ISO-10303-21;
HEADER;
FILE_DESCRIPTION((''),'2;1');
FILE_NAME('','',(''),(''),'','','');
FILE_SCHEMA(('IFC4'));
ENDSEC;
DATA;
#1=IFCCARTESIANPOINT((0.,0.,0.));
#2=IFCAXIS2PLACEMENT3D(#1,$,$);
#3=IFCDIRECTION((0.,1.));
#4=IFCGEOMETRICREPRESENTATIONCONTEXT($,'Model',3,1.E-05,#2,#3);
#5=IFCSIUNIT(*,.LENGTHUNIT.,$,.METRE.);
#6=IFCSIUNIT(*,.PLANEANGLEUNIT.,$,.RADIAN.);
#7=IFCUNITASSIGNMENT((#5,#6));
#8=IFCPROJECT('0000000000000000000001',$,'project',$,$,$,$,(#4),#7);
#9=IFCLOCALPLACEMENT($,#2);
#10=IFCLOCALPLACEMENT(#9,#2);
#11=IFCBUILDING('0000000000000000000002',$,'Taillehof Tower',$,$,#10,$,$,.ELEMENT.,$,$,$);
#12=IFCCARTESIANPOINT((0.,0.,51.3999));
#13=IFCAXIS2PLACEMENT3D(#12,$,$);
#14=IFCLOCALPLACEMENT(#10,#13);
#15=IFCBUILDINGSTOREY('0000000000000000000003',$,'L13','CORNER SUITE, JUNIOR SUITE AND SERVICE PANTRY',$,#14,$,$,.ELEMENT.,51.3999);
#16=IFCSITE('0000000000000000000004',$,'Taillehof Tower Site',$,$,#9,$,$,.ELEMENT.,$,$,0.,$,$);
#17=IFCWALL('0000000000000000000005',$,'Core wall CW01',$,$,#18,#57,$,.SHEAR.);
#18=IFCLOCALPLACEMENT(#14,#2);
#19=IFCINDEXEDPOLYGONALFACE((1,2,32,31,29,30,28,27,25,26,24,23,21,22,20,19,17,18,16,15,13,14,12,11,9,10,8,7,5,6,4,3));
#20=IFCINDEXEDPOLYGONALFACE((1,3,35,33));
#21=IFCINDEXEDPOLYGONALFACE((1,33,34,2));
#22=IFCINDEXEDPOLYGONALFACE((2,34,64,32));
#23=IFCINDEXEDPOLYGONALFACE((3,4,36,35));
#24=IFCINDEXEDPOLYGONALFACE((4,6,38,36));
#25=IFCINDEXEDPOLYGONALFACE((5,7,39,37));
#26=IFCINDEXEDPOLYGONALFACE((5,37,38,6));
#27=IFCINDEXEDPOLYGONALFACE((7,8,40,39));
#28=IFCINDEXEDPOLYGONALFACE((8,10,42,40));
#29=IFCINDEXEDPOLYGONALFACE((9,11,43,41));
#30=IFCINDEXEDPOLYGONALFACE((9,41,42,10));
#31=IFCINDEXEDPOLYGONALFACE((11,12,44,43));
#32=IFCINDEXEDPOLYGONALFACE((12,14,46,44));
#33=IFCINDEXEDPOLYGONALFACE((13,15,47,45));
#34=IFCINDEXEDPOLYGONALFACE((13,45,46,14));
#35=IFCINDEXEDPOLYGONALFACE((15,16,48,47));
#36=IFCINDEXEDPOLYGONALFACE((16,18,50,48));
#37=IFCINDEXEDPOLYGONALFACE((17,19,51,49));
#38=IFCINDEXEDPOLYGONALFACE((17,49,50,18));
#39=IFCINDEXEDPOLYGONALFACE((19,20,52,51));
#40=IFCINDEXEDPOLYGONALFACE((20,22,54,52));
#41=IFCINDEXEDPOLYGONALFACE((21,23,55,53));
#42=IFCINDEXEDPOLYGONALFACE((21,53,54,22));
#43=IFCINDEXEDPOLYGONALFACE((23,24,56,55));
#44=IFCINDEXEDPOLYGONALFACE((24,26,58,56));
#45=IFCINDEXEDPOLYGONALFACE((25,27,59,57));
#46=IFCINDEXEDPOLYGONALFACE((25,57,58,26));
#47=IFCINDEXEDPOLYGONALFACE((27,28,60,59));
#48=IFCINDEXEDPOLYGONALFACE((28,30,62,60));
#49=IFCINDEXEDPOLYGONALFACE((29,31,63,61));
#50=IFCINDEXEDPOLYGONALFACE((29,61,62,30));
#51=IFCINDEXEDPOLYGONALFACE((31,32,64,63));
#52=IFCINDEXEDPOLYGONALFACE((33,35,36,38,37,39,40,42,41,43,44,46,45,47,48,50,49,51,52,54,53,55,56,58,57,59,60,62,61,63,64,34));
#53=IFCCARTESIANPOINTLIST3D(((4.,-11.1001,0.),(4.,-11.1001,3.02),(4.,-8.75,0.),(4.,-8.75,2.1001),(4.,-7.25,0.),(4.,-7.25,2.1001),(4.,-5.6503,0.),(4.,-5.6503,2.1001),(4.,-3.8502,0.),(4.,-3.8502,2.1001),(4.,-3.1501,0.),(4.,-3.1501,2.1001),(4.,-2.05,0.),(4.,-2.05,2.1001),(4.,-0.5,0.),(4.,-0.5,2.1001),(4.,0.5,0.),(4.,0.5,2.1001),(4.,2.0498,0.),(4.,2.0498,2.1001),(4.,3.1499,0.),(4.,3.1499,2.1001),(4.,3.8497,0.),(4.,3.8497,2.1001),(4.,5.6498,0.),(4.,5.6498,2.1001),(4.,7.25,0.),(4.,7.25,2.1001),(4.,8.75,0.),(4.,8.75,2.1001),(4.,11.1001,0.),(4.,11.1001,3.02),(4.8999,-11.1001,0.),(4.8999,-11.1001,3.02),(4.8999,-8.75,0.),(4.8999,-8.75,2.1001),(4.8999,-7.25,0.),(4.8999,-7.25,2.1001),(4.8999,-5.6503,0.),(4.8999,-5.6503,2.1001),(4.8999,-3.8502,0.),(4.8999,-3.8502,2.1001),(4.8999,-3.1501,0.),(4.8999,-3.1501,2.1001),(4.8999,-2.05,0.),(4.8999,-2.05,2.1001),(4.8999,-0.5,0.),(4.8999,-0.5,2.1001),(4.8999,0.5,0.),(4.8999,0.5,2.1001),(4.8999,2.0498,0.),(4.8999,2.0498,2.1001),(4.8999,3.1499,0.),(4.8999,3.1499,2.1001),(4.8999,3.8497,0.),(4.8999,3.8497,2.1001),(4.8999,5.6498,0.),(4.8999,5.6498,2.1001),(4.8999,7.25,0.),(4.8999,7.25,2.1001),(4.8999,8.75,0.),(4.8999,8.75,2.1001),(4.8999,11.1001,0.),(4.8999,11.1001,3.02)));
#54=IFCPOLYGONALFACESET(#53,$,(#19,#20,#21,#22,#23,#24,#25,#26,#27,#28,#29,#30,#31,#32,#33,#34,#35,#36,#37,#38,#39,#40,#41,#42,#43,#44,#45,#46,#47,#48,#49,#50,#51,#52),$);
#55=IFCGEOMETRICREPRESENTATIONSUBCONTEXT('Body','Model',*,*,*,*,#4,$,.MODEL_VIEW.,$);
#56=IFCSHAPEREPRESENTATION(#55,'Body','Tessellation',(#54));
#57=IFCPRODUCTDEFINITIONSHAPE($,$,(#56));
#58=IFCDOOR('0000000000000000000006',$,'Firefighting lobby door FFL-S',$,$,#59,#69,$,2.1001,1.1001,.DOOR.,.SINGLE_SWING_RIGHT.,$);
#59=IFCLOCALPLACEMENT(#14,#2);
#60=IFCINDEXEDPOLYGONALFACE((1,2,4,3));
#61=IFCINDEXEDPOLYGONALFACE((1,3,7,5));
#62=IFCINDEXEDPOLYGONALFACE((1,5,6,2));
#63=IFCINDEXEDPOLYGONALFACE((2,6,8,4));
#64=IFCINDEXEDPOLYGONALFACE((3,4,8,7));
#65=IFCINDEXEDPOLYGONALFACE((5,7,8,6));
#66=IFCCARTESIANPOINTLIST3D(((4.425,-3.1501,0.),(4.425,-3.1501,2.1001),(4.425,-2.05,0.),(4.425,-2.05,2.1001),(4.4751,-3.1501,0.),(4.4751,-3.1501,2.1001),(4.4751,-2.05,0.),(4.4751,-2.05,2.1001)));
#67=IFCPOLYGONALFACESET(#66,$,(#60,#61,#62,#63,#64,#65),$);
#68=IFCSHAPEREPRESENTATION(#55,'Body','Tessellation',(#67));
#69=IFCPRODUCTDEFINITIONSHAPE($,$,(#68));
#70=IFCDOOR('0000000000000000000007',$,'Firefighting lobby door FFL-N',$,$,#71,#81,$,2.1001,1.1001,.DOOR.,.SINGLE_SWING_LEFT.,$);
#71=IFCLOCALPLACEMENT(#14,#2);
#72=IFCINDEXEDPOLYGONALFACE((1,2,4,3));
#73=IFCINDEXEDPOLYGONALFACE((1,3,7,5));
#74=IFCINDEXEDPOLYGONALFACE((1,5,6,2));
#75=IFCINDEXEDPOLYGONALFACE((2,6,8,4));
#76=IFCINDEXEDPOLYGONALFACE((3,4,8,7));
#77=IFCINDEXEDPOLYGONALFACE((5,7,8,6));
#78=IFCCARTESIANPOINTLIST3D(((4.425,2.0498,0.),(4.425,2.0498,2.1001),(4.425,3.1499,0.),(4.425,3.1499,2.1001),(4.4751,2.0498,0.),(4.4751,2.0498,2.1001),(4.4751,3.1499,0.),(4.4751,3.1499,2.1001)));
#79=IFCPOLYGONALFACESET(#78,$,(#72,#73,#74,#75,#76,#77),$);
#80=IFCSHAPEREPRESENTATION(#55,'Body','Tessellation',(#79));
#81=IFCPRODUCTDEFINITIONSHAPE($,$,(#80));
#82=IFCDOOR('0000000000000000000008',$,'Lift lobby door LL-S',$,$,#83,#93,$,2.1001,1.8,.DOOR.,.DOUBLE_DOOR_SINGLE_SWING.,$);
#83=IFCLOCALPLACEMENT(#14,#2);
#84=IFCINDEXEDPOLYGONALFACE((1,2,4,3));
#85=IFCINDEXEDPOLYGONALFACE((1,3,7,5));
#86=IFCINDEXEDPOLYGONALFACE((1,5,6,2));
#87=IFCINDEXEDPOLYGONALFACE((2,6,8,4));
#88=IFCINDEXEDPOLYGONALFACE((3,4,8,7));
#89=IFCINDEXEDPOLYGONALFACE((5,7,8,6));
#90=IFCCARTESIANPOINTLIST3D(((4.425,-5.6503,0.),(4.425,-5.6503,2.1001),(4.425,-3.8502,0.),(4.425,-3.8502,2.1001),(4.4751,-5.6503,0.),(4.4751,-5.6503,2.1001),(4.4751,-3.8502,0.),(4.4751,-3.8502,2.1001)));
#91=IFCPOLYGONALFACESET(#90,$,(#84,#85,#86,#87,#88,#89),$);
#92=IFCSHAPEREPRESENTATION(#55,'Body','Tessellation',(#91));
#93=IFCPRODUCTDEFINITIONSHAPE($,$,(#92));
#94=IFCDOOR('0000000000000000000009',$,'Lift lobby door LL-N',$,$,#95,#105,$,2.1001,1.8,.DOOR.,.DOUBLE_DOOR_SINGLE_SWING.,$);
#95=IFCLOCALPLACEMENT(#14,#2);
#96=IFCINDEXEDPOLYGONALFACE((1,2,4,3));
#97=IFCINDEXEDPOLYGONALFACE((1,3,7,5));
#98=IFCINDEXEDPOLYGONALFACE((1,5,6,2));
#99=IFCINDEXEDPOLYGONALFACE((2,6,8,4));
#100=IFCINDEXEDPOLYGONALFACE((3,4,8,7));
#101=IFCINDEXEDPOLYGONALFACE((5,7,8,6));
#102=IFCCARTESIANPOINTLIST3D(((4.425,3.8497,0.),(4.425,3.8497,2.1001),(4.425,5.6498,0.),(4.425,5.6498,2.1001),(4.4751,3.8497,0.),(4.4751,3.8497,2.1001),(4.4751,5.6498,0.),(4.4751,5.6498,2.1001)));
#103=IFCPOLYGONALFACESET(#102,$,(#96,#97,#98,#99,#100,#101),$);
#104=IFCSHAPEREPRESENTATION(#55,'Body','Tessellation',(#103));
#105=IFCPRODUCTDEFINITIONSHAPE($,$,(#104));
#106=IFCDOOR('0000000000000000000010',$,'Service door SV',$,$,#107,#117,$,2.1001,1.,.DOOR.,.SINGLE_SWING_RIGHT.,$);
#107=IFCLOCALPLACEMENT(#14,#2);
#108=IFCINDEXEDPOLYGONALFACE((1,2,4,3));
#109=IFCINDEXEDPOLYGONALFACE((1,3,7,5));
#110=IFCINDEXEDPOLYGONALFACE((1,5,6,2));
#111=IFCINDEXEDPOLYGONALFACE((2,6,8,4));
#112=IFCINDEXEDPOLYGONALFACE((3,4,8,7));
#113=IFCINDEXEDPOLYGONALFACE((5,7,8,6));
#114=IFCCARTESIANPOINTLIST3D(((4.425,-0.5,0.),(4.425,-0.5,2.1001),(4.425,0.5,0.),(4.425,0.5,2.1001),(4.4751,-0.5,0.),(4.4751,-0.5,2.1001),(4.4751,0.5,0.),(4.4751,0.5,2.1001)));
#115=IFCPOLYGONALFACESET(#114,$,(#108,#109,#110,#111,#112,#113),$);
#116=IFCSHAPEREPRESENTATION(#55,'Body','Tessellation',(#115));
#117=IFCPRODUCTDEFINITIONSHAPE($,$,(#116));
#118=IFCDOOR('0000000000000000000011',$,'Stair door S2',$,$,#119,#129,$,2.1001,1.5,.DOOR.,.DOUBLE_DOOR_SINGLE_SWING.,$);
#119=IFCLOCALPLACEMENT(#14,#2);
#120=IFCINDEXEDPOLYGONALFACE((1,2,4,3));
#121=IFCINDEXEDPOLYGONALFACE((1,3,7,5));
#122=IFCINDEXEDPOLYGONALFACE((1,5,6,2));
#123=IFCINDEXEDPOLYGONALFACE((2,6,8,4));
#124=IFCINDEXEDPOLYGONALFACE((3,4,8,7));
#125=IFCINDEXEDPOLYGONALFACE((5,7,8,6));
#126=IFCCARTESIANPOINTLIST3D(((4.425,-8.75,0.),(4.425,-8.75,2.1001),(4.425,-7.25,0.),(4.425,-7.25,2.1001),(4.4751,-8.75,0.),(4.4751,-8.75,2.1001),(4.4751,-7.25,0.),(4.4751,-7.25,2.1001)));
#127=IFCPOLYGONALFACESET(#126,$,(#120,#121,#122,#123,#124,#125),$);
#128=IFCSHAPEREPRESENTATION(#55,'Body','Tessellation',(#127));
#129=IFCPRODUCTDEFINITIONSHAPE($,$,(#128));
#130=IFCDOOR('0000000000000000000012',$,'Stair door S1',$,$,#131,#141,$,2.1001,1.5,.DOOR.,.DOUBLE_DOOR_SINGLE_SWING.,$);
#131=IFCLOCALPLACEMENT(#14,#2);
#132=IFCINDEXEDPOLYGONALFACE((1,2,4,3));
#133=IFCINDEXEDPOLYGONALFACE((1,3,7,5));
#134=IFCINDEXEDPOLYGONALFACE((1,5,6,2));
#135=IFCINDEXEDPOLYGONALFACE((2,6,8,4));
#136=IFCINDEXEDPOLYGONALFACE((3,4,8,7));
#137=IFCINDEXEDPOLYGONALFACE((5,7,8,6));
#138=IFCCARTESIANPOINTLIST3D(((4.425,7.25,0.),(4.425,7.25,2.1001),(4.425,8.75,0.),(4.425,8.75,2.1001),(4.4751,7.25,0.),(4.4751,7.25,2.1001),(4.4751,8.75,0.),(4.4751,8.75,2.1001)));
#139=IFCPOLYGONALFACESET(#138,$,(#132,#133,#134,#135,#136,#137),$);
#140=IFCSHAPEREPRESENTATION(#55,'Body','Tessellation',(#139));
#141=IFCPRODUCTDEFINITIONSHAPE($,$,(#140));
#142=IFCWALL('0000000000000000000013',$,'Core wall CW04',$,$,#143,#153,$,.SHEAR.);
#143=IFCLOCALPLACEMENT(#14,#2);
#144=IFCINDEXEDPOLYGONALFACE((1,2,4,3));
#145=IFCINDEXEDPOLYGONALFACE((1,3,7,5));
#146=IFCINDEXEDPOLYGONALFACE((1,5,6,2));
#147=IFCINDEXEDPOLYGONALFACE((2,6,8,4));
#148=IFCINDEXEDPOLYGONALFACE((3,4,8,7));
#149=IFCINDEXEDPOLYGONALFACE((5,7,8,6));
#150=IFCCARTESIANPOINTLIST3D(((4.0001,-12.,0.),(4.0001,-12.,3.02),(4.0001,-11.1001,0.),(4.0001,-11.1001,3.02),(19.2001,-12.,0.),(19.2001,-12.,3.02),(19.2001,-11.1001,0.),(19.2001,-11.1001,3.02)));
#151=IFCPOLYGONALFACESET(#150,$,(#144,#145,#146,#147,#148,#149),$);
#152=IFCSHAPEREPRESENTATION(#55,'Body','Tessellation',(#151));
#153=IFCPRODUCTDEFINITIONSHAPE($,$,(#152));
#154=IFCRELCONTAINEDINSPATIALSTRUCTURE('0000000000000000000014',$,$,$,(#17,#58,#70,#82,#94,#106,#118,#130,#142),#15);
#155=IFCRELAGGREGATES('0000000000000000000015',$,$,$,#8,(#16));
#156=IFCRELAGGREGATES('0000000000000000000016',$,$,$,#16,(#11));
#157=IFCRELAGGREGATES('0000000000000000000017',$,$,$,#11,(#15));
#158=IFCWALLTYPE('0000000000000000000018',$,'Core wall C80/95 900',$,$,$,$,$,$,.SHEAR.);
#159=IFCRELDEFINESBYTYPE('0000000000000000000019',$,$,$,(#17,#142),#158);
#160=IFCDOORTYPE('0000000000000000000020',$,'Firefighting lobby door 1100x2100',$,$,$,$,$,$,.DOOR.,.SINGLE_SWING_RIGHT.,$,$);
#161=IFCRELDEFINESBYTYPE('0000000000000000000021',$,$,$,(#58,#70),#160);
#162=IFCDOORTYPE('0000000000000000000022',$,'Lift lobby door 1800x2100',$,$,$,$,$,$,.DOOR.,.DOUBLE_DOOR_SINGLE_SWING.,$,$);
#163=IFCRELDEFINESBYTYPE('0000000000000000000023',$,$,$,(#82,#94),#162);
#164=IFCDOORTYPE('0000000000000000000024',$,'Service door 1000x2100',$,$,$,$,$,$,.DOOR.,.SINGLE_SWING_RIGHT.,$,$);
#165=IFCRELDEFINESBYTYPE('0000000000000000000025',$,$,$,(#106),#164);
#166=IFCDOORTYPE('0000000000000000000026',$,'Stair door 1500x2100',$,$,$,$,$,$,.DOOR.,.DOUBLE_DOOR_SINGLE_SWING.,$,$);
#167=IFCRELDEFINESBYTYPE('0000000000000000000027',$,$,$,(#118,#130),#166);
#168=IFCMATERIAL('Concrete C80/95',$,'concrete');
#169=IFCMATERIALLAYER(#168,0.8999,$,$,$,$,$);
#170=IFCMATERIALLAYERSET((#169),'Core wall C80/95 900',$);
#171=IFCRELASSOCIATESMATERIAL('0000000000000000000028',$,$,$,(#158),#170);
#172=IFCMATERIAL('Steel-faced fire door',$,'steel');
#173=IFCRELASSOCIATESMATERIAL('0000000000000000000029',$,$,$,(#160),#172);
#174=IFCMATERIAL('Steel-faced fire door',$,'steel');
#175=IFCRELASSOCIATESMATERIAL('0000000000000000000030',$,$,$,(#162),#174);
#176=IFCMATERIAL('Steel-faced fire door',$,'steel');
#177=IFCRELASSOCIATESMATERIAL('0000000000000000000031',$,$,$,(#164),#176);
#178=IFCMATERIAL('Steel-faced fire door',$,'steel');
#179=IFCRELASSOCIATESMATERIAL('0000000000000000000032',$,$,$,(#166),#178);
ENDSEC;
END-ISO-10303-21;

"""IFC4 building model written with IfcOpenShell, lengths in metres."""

from ifc_helpers import new_model, si_unit, direction, frame, frame_2d, origin, place, context, subcontext, project, spatial, rectangle, extrude, material, layer, layer_set, type_object, element, fill, save


model = new_model("IFC4")

# Units and contexts
model_context = context("Model", 3, precision=1e-05, world=origin(), true_north=direction((0.0, 1.0)))
body_context = subcontext(model_context, "Body", "Model", "MODEL_VIEW")
ifc_project = project(units=[si_unit("LENGTHUNIT", "METRE"), si_unit("PLANEANGLEUNIT", "RADIAN")], contexts=[model_context])

# Site, building, storey
site_placement = place(None, origin())
site = spatial("IfcSite", under=ifc_project, at=site_placement, Name="Taillehof Tower Site", CompositionType="ELEMENT", RefElevation=0.0)
building_placement = place(site_placement, origin())
building = spatial("IfcBuilding", under=site, at=building_placement, Name="Taillehof Tower", CompositionType="ELEMENT")
storey_placement = place(building_placement, frame((0.0, 0.0, 51.3999)))
storey = spatial("IfcBuildingStorey", under=building, at=storey_placement, Name="L13", Description="CORNER SUITE, JUNIOR SUITE AND SERVICE PANTRY", CompositionType="ELEMENT", Elevation=51.3999)

# Wall, openings, doors
ifc_material_1 = material(Name="Concrete C80/95", Category="concrete")
ifc_layer_1 = layer(ifc_material_1, 0.8999)
ifc_layer_set_1 = layer_set([ifc_layer_1], Name="Core wall C80/95 900")
wall_type_1 = type_object("IfcWallType", Name="Core wall C80/95 900", PredefinedType="SHEAR", material=ifc_layer_set_1)
wall_1_placement = place(storey_placement, frame((4.45, -11.1001, 0.0), z_axis=(0.0, 0.0, 1.0), x_axis=(0.0, 1.0, 0.0)))
wall_1 = element("IfcWall", 1, at=wall_1_placement, inside=storey, type_object=wall_type_1, Name="Core wall CW01", PredefinedType="SHEAR", context=body_context, shape_type="SweptSolid", body=[
    extrude(rectangle(XDim=22.2002, YDim=0.8999, at=frame_2d((11.1001, 0.0))), origin(), (0.0, 0.0, 1.0), 3.02),
])
opening_1_placement = place(wall_1_placement, frame((2.3501, 0.0, 0.0)))
opening_1 = element("IfcOpeningElement", 2, at=opening_1_placement, cuts=wall_1, PredefinedType="OPENING", context=body_context, shape_type="SweptSolid", body=[
    extrude(rectangle(XDim=1.5, YDim=2.1001, at=frame_2d((0.75, 1.05))), frame((0.0, 0.46, 0.0), z_axis=(0.0, -1.0, 0.0), x_axis=(1.0, 0.0, 0.0)), (0.0, 0.0, 1.0), 0.9199),
])
opening_2_placement = place(wall_1_placement, frame((5.45, 0.0, 0.0)))
opening_2 = element("IfcOpeningElement", 3, at=opening_2_placement, cuts=wall_1, PredefinedType="OPENING", context=body_context, shape_type="SweptSolid", body=[
    extrude(rectangle(XDim=1.8, YDim=2.1001, at=frame_2d((0.8999, 1.05))), frame((0.0, 0.46, 0.0), z_axis=(0.0, -1.0, 0.0), x_axis=(1.0, 0.0, 0.0)), (0.0, 0.0, 1.0), 0.9199),
])
opening_3_placement = place(wall_1_placement, frame((7.95, 0.0, 0.0)))
opening_3 = element("IfcOpeningElement", 4, at=opening_3_placement, cuts=wall_1, PredefinedType="OPENING", context=body_context, shape_type="SweptSolid", body=[
    extrude(rectangle(XDim=1.1001, YDim=2.1001, at=frame_2d((0.55, 1.05))), frame((0.0, 0.46, 0.0), z_axis=(0.0, -1.0, 0.0), x_axis=(1.0, 0.0, 0.0)), (0.0, 0.0, 1.0), 0.9199),
])
opening_4_placement = place(wall_1_placement, frame((10.6001, 0.0, 0.0)))
opening_4 = element("IfcOpeningElement", 5, at=opening_4_placement, cuts=wall_1, PredefinedType="OPENING", context=body_context, shape_type="SweptSolid", body=[
    extrude(rectangle(XDim=1.0, YDim=2.1001, at=frame_2d((0.5, 1.05))), frame((0.0, 0.46, 0.0), z_axis=(0.0, -1.0, 0.0), x_axis=(1.0, 0.0, 0.0)), (0.0, 0.0, 1.0), 0.9199),
])
opening_5_placement = place(wall_1_placement, frame((13.1499, 0.0, 0.0)))
opening_5 = element("IfcOpeningElement", 6, at=opening_5_placement, cuts=wall_1, PredefinedType="OPENING", context=body_context, shape_type="SweptSolid", body=[
    extrude(rectangle(XDim=1.1001, YDim=2.1001, at=frame_2d((0.55, 1.05))), frame((0.0, 0.46, 0.0), z_axis=(0.0, -1.0, 0.0), x_axis=(1.0, 0.0, 0.0)), (0.0, 0.0, 1.0), 0.9199),
])
opening_6_placement = place(wall_1_placement, frame((14.95, 0.0, 0.0)))
opening_6 = element("IfcOpeningElement", 7, at=opening_6_placement, cuts=wall_1, PredefinedType="OPENING", context=body_context, shape_type="SweptSolid", body=[
    extrude(rectangle(XDim=1.8, YDim=2.1001, at=frame_2d((0.8999, 1.05))), frame((0.0, 0.46, 0.0), z_axis=(0.0, -1.0, 0.0), x_axis=(1.0, 0.0, 0.0)), (0.0, 0.0, 1.0), 0.9199),
])
opening_7_placement = place(wall_1_placement, frame((18.3501, 0.0, 0.0)))
opening_7 = element("IfcOpeningElement", 8, at=opening_7_placement, cuts=wall_1, PredefinedType="OPENING", context=body_context, shape_type="SweptSolid", body=[
    extrude(rectangle(XDim=1.5, YDim=2.1001, at=frame_2d((0.75, 1.05))), frame((0.0, 0.46, 0.0), z_axis=(0.0, -1.0, 0.0), x_axis=(1.0, 0.0, 0.0)), (0.0, 0.0, 1.0), 0.9199),
])
ifc_material_2 = material(Name="Steel-faced fire door", Category="steel")
door_type_1 = type_object("IfcDoorType", Name="Firefighting lobby door 1100x2100", OperationType="SINGLE_SWING_RIGHT", PredefinedType="DOOR", material=ifc_material_2)
door_1_placement = place(opening_3_placement, origin())
door_1 = element("IfcDoor", 9, at=door_1_placement, inside=storey, type_object=door_type_1, Name="Firefighting lobby door FFL-S", OperationType="SINGLE_SWING_RIGHT", OverallHeight=2.1001, OverallWidth=1.1001, PredefinedType="DOOR", context=body_context, shape_type="SweptSolid", body=[
    extrude(rectangle(XDim=1.1001, YDim=2.1001, at=frame_2d((0.55, 1.05))), frame((0.0, 0.0249, 0.0), z_axis=(0.0, -1.0, 0.0), x_axis=(1.0, 0.0, 0.0)), (0.0, 0.0, 1.0), 0.05),
])
fill(opening_3, door_1)
door_2_placement = place(opening_5_placement, origin())
door_2 = element("IfcDoor", 10, at=door_2_placement, inside=storey, type_object=door_type_1, Name="Firefighting lobby door FFL-N", OperationType="SINGLE_SWING_LEFT", OverallHeight=2.1001, OverallWidth=1.1001, PredefinedType="DOOR", context=body_context, shape_type="SweptSolid", body=[
    extrude(rectangle(XDim=1.1001, YDim=2.1001, at=frame_2d((0.55, 1.05))), frame((0.0, 0.0249, 0.0), z_axis=(0.0, -1.0, 0.0), x_axis=(1.0, 0.0, 0.0)), (0.0, 0.0, 1.0), 0.05),
])
fill(opening_5, door_2)
ifc_material_3 = material(Name="Steel-faced fire door", Category="steel")
door_type_2 = type_object("IfcDoorType", Name="Lift lobby door 1800x2100", OperationType="DOUBLE_DOOR_SINGLE_SWING", PredefinedType="DOOR", material=ifc_material_3)
door_3_placement = place(opening_2_placement, origin())
door_3 = element("IfcDoor", 11, at=door_3_placement, inside=storey, type_object=door_type_2, Name="Lift lobby door LL-S", OperationType="DOUBLE_DOOR_SINGLE_SWING", OverallHeight=2.1001, OverallWidth=1.8, PredefinedType="DOOR", context=body_context, shape_type="SweptSolid", body=[
    extrude(rectangle(XDim=1.8, YDim=2.1001, at=frame_2d((0.8999, 1.05))), frame((0.0, 0.0249, 0.0), z_axis=(0.0, -1.0, 0.0), x_axis=(1.0, 0.0, 0.0)), (0.0, 0.0, 1.0), 0.05),
])
fill(opening_2, door_3)
door_4_placement = place(opening_6_placement, origin())
door_4 = element("IfcDoor", 12, at=door_4_placement, inside=storey, type_object=door_type_2, Name="Lift lobby door LL-N", OperationType="DOUBLE_DOOR_SINGLE_SWING", OverallHeight=2.1001, OverallWidth=1.8, PredefinedType="DOOR", context=body_context, shape_type="SweptSolid", body=[
    extrude(rectangle(XDim=1.8, YDim=2.1001, at=frame_2d((0.8999, 1.05))), frame((0.0, 0.0249, 0.0), z_axis=(0.0, -1.0, 0.0), x_axis=(1.0, 0.0, 0.0)), (0.0, 0.0, 1.0), 0.05),
])
fill(opening_6, door_4)
ifc_material_4 = material(Name="Steel-faced fire door", Category="steel")
door_type_3 = type_object("IfcDoorType", Name="Service door 1000x2100", OperationType="SINGLE_SWING_RIGHT", PredefinedType="DOOR", material=ifc_material_4)
door_5_placement = place(opening_4_placement, origin())
door_5 = element("IfcDoor", 13, at=door_5_placement, inside=storey, type_object=door_type_3, Name="Service door SV", OperationType="SINGLE_SWING_RIGHT", OverallHeight=2.1001, OverallWidth=1.0, PredefinedType="DOOR", context=body_context, shape_type="SweptSolid", body=[
    extrude(rectangle(XDim=1.0, YDim=2.1001, at=frame_2d((0.5, 1.05))), frame((0.0, 0.0249, 0.0), z_axis=(0.0, -1.0, 0.0), x_axis=(1.0, 0.0, 0.0)), (0.0, 0.0, 1.0), 0.05),
])
fill(opening_4, door_5)
ifc_material_5 = material(Name="Steel-faced fire door", Category="steel")
door_type_4 = type_object("IfcDoorType", Name="Stair door 1500x2100", OperationType="DOUBLE_DOOR_SINGLE_SWING", PredefinedType="DOOR", material=ifc_material_5)
door_6_placement = place(opening_1_placement, origin())
door_6 = element("IfcDoor", 14, at=door_6_placement, inside=storey, type_object=door_type_4, Name="Stair door S2", OperationType="DOUBLE_DOOR_SINGLE_SWING", OverallHeight=2.1001, OverallWidth=1.5, PredefinedType="DOOR", context=body_context, shape_type="SweptSolid", body=[
    extrude(rectangle(XDim=1.5, YDim=2.1001, at=frame_2d((0.75, 1.05))), frame((0.0, 0.0249, 0.0), z_axis=(0.0, -1.0, 0.0), x_axis=(1.0, 0.0, 0.0)), (0.0, 0.0, 1.0), 0.05),
])
fill(opening_1, door_6)
door_7_placement = place(opening_7_placement, origin())
door_7 = element("IfcDoor", 15, at=door_7_placement, inside=storey, type_object=door_type_4, Name="Stair door S1", OperationType="DOUBLE_DOOR_SINGLE_SWING", OverallHeight=2.1001, OverallWidth=1.5, PredefinedType="DOOR", context=body_context, shape_type="SweptSolid", body=[
    extrude(rectangle(XDim=1.5, YDim=2.1001, at=frame_2d((0.75, 1.05))), frame((0.0, 0.0249, 0.0), z_axis=(0.0, -1.0, 0.0), x_axis=(1.0, 0.0, 0.0)), (0.0, 0.0, 1.0), 0.05),
])
fill(opening_7, door_7)

# Wall
wall_2_placement = place(storey_placement, frame((4.0, -11.55, 0.0), z_axis=(0.0, 0.0, 1.0), x_axis=(1.0, 0.0, 0.0)))
element("IfcWall", 16, at=wall_2_placement, inside=storey, type_object=wall_type_1, Name="Core wall CW04", PredefinedType="SHEAR", context=body_context, shape_type="SweptSolid", body=[
    extrude(rectangle(XDim=15.2, YDim=0.8999, at=frame_2d((7.6001, 0.0))), origin(), (0.0, 0.0, 1.0), 3.02),
])

save(model, "model.ifc")
